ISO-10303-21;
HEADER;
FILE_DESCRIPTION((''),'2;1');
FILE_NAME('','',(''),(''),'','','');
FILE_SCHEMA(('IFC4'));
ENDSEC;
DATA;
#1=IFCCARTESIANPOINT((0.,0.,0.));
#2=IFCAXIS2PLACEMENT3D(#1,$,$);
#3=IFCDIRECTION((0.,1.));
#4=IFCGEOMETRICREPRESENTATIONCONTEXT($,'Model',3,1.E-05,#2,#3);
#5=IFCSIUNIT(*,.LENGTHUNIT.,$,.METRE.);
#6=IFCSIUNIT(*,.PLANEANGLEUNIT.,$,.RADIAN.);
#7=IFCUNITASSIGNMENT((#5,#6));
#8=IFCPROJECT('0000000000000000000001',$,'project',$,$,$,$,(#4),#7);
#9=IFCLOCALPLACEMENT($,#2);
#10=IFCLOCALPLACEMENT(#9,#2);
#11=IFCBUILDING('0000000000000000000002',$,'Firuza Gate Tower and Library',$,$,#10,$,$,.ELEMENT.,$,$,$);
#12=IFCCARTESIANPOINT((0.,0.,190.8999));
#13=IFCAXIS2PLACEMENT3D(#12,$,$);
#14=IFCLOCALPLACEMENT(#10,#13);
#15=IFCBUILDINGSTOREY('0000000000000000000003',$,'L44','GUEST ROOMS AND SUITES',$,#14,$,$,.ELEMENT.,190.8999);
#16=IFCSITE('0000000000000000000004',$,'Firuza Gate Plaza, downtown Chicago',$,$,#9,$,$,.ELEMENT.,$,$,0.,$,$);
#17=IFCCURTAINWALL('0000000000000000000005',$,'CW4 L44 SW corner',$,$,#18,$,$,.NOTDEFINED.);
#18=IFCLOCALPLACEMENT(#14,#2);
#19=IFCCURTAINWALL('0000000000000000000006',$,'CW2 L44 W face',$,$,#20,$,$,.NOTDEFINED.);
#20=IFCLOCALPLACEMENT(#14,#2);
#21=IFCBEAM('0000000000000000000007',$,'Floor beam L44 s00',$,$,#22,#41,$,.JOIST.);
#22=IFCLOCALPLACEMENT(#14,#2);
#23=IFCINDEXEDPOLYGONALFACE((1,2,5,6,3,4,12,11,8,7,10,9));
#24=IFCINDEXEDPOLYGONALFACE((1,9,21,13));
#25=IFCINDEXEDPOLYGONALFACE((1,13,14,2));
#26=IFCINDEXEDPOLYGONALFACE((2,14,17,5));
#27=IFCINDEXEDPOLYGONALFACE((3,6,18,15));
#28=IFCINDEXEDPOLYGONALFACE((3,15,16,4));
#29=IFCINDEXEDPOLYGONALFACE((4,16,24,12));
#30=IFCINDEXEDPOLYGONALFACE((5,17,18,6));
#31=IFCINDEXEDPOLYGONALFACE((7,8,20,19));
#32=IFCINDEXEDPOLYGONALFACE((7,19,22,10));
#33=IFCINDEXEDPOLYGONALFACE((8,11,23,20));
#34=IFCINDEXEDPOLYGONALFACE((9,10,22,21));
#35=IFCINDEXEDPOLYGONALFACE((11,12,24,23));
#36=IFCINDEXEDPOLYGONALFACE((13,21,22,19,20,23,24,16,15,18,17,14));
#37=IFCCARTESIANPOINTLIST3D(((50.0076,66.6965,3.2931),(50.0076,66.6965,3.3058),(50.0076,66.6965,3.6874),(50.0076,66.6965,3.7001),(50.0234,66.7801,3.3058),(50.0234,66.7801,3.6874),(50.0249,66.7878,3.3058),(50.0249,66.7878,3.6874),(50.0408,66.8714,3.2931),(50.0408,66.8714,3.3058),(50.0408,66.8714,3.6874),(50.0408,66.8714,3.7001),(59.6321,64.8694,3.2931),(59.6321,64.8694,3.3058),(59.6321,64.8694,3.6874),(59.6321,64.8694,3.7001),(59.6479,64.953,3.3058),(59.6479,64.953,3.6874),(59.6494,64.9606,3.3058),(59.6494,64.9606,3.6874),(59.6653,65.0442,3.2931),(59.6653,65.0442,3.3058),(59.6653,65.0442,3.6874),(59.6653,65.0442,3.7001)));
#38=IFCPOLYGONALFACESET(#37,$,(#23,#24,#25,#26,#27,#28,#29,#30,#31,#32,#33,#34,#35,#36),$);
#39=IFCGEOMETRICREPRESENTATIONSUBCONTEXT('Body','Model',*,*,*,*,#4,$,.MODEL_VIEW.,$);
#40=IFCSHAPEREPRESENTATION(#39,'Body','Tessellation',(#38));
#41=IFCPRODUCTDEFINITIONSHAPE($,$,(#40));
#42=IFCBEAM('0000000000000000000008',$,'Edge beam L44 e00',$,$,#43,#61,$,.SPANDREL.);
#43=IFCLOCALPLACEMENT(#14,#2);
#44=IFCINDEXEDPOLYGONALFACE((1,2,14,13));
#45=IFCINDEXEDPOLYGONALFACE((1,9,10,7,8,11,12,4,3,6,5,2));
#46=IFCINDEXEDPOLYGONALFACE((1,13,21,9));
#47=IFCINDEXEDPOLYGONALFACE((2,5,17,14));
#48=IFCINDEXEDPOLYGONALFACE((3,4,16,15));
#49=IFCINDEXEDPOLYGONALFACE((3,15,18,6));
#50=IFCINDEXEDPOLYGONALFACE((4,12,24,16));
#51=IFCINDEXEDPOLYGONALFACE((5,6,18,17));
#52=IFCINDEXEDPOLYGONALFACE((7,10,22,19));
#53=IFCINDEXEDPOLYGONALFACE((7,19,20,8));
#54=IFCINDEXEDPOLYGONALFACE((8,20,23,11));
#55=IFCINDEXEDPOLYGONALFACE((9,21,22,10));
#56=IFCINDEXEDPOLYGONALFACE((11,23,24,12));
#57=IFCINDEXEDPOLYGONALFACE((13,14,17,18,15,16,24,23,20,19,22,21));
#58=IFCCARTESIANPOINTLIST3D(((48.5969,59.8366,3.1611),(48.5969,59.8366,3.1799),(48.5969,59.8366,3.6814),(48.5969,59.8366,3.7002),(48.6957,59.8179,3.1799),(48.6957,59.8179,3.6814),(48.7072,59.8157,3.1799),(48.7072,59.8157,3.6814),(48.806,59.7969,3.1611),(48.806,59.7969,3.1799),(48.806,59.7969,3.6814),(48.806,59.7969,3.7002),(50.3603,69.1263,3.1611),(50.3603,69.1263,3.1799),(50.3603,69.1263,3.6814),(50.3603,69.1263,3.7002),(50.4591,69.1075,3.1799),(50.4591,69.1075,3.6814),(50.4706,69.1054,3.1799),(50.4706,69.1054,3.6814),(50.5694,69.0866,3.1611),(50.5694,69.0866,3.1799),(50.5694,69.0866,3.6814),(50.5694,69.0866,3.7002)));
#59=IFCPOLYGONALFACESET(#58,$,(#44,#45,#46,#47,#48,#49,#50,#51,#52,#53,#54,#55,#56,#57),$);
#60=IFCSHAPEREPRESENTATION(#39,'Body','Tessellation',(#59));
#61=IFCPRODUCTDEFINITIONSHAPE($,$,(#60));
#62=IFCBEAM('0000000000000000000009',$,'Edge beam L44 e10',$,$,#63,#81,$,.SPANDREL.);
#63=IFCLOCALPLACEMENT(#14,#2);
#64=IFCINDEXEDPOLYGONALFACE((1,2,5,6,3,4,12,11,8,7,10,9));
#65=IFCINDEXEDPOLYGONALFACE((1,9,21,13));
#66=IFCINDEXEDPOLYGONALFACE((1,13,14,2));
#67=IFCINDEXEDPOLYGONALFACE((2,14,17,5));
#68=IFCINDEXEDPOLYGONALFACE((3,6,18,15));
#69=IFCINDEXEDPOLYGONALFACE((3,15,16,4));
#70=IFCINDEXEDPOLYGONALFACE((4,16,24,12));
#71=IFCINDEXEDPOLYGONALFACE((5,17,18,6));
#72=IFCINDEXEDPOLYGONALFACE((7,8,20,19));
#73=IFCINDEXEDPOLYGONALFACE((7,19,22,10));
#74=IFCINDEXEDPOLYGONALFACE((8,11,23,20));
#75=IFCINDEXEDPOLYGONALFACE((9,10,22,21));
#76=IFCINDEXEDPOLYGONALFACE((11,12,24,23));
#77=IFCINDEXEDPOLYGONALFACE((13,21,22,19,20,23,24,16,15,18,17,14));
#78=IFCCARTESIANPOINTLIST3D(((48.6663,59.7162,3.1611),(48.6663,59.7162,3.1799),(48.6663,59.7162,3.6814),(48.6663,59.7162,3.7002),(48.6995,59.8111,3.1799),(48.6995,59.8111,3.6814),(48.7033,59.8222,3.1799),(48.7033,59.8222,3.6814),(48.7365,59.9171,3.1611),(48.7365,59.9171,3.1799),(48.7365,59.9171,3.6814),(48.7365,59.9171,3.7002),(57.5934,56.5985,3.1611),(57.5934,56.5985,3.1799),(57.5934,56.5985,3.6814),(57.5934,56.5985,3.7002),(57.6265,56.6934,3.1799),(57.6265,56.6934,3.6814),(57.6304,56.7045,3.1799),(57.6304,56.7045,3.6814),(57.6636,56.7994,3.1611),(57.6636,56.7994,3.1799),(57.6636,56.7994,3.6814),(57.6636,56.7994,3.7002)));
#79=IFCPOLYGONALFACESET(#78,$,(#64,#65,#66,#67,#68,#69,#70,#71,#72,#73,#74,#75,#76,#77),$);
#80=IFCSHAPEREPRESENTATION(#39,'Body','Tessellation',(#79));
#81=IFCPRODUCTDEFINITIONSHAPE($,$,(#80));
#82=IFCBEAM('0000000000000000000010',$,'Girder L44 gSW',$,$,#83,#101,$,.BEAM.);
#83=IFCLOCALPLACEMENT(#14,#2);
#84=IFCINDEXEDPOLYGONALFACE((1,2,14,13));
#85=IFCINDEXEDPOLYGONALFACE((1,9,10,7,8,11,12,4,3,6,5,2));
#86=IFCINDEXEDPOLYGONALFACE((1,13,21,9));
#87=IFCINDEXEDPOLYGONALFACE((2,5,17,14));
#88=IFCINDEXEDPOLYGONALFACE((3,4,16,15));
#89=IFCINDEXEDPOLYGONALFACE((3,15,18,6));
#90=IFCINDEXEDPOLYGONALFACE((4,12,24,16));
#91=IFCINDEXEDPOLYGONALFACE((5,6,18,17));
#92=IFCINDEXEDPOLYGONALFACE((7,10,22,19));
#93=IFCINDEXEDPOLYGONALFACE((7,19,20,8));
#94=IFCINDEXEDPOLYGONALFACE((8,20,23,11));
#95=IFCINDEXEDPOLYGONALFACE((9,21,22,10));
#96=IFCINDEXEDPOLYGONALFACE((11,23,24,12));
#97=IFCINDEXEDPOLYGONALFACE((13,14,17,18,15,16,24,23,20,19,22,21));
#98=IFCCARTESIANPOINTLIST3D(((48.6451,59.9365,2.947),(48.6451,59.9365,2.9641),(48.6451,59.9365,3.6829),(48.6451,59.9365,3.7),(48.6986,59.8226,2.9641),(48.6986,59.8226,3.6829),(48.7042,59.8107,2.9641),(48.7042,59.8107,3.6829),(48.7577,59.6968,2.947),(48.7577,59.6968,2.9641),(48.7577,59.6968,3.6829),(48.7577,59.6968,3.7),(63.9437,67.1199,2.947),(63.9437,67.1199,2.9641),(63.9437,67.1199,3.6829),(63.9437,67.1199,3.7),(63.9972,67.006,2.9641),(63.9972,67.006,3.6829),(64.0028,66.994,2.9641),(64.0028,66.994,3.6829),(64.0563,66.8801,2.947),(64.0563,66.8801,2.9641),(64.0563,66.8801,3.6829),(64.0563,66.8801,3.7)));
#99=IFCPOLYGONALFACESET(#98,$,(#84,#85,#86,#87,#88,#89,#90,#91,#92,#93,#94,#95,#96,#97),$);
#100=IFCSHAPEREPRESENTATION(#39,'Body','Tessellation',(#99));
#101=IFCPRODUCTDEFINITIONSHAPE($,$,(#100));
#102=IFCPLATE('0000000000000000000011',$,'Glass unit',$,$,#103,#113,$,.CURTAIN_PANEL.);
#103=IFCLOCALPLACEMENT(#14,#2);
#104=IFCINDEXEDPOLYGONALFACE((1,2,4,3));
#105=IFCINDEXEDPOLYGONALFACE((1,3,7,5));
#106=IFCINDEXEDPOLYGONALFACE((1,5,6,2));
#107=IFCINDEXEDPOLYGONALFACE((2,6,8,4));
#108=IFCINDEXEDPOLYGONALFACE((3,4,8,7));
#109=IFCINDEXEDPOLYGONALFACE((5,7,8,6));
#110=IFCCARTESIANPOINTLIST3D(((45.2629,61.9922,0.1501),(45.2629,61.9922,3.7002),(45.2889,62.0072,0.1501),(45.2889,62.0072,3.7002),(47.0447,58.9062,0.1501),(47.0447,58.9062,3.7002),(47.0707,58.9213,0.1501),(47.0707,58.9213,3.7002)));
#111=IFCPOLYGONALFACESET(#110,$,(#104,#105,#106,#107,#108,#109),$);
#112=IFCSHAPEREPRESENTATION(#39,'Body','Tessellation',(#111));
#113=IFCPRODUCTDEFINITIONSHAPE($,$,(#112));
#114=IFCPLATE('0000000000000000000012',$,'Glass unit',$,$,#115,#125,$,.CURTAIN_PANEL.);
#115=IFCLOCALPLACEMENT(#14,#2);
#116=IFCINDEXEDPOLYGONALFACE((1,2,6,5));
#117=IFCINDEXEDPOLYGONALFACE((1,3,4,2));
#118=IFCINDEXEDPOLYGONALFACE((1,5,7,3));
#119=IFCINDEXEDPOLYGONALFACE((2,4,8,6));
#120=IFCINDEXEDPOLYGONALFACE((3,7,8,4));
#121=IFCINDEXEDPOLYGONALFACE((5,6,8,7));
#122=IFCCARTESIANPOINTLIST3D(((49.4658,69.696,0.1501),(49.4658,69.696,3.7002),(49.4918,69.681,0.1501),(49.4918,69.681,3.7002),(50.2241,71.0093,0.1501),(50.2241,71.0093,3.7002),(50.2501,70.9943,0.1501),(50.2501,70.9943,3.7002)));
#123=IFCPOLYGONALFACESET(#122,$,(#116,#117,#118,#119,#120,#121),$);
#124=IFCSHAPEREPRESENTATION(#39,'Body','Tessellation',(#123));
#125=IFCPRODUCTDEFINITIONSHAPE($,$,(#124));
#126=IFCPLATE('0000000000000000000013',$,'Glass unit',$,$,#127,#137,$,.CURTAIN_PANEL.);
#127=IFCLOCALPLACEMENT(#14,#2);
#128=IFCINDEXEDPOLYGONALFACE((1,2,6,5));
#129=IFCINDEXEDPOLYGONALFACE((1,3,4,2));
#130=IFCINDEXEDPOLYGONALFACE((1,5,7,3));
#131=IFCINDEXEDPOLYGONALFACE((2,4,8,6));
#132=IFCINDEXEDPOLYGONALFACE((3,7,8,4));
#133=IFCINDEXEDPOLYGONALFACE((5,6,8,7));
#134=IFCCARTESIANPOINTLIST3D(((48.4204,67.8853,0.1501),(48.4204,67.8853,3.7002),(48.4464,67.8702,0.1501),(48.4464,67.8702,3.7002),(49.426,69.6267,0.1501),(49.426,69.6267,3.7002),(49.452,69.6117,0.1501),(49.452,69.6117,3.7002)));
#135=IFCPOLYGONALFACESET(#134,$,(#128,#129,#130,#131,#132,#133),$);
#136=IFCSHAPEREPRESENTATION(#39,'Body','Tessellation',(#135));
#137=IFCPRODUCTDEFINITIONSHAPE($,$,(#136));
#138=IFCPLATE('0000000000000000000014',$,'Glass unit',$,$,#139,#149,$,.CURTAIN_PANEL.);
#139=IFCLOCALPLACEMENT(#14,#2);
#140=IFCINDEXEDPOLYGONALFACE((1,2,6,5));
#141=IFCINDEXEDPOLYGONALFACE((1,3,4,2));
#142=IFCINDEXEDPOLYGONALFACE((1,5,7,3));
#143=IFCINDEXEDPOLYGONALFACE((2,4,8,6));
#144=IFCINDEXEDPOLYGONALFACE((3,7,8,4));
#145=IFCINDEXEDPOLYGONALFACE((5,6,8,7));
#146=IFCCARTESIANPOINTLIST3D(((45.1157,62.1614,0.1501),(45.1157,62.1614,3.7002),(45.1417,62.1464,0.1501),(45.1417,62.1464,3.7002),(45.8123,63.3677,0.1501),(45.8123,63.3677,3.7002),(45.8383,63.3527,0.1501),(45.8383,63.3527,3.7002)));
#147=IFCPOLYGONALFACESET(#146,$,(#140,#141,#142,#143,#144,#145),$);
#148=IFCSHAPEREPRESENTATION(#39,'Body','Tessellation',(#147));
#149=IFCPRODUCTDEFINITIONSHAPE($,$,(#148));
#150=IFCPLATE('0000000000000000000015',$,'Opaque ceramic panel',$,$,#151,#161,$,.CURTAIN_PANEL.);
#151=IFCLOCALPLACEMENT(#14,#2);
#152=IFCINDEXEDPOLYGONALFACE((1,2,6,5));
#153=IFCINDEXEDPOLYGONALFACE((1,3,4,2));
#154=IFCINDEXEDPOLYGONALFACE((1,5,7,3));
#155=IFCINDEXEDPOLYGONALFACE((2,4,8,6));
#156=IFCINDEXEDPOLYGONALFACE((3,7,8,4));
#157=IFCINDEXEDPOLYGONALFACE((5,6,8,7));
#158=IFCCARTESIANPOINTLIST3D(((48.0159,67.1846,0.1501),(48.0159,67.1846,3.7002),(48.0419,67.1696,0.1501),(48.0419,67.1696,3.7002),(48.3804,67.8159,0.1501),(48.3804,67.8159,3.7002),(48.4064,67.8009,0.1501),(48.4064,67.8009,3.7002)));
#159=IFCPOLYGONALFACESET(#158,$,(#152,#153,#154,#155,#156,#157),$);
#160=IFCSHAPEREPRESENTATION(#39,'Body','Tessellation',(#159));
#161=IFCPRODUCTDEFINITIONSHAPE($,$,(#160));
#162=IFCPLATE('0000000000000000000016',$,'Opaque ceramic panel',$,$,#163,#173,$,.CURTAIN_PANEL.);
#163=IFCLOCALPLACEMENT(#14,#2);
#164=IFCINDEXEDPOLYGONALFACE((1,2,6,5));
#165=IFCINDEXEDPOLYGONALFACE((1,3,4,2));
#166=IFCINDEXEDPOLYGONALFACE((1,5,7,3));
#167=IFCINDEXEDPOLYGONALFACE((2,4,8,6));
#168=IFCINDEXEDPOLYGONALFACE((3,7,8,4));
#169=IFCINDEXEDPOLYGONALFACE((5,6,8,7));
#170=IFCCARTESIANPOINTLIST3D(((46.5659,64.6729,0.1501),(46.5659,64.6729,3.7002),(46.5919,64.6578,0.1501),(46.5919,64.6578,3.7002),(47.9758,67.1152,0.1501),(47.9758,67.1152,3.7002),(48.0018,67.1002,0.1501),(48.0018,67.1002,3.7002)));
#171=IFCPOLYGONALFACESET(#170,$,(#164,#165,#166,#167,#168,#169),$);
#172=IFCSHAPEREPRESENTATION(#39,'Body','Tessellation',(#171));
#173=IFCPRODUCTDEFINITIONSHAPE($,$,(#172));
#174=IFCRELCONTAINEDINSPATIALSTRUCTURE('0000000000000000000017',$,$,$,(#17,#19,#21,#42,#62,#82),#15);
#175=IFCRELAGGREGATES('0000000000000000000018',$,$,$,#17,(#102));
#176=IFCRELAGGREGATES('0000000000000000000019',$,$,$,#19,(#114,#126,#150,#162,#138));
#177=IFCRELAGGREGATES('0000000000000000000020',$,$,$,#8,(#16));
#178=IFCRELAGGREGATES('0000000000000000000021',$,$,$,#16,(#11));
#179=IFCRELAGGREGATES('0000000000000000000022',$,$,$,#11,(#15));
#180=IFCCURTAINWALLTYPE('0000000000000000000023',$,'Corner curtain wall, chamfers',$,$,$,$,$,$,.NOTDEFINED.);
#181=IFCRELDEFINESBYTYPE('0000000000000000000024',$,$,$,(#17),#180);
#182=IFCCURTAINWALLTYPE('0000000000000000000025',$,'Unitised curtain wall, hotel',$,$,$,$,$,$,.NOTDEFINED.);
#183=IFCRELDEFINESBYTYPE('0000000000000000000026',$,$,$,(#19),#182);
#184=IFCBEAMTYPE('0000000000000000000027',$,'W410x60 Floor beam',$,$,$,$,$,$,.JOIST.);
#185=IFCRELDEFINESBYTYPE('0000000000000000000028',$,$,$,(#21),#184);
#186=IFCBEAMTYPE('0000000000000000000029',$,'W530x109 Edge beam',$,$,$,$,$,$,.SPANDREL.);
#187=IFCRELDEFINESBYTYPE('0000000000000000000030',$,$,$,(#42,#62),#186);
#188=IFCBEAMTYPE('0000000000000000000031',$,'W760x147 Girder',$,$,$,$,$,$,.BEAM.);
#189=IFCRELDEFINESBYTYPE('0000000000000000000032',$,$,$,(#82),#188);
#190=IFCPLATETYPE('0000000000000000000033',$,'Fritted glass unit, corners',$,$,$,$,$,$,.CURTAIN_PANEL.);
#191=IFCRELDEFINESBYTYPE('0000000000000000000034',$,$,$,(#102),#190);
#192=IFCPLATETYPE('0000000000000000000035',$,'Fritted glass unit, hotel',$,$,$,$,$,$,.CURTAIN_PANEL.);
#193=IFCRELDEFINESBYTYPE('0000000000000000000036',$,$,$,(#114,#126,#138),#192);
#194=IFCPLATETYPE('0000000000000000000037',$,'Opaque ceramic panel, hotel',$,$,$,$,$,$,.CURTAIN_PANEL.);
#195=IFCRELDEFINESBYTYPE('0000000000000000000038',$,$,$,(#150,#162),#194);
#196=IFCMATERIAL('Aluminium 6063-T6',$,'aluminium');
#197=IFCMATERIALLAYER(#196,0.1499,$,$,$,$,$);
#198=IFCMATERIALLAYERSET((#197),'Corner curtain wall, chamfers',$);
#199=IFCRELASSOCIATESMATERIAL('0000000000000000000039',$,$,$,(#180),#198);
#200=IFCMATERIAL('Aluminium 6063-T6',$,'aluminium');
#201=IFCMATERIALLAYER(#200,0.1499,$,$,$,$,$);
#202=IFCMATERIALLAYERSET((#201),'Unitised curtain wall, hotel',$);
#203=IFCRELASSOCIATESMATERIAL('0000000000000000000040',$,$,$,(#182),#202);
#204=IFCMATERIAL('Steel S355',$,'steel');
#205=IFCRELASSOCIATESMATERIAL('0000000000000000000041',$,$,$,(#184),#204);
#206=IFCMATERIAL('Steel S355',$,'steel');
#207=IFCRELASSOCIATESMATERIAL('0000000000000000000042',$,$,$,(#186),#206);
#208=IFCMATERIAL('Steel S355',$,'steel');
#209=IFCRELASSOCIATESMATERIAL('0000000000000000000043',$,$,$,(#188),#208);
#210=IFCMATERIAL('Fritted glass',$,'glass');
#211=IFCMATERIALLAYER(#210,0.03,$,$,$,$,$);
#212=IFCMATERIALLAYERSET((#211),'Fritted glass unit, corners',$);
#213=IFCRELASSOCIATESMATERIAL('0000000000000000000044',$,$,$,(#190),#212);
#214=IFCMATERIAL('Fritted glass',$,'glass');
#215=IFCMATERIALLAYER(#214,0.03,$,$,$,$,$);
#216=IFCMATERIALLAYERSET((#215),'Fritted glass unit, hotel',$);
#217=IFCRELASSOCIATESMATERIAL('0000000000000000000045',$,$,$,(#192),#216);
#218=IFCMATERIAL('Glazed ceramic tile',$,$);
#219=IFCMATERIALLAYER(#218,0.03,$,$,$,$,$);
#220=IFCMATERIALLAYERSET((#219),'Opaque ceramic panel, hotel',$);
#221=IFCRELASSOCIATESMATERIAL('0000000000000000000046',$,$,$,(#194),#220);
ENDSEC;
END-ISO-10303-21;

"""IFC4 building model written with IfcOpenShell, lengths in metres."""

from ifc_helpers import new_model, si_unit, direction, frame, origin, origin_2d, place, context, subcontext, project, spatial, polyline, i_section, outline, extrude, material, layer, layer_set, material_profile, profile_set, type_object, element, aggregate, save


model = new_model("IFC4")

# Units and contexts
model_context = context("Model", 3, precision=1e-05, world=origin(), true_north=direction((0.0, 1.0)))
body_context = subcontext(model_context, "Body", "Model", "MODEL_VIEW")
ifc_project = project(units=[si_unit("LENGTHUNIT", "METRE"), si_unit("PLANEANGLEUNIT", "RADIAN")], contexts=[model_context])

# Site, building, storey
site_placement = place(None, origin())
site = spatial("IfcSite", under=ifc_project, at=site_placement, Name="Firuza Gate Plaza, downtown Chicago", CompositionType="ELEMENT", RefElevation=0.0)
building_placement = place(site_placement, origin())
building = spatial("IfcBuilding", under=site, at=building_placement, Name="Firuza Gate Tower and Library", CompositionType="ELEMENT")
storey_placement = place(building_placement, frame((0.0, 0.0, 190.8999)))
storey = spatial("IfcBuildingStorey", under=building, at=storey_placement, Name="L44", Description="GUEST ROOMS AND SUITES", CompositionType="ELEMENT", Elevation=190.8999)

# Curtain wall
ifc_material_1 = material(Name="Aluminium 6063-T6", Category="aluminium")
ifc_layer_1 = layer(ifc_material_1, 0.1499)
ifc_layer_set_1 = layer_set([ifc_layer_1], Name="Corner curtain wall, chamfers")
curtain_wall_type_1 = type_object("IfcCurtainWallType", Name="Corner curtain wall, chamfers", PredefinedType="NOTDEFINED", material=ifc_layer_set_1)
placement = place(storey_placement, origin())
curtain_wall_1 = element("IfcCurtainWall", 1, at=placement, inside=storey, type_object=curtain_wall_type_1, Name="CW4 L44 SW corner", PredefinedType="NOTDEFINED")

# Curtain wall
ifc_material_2 = material(Name="Aluminium 6063-T6", Category="aluminium")
ifc_layer_2 = layer(ifc_material_2, 0.1499)
ifc_layer_set_2 = layer_set([ifc_layer_2], Name="Unitised curtain wall, hotel")
curtain_wall_type_2 = type_object("IfcCurtainWallType", Name="Unitised curtain wall, hotel", PredefinedType="NOTDEFINED", material=ifc_layer_set_2)
curtain_wall_2 = element("IfcCurtainWall", 2, at=placement, inside=storey, type_object=curtain_wall_type_2, Name="CW2 L44 W face", PredefinedType="NOTDEFINED")

# Beams
ifc_material_3 = material(Name="Steel S355", Category="steel")
ifc_material_profile_1 = material_profile(ifc_material_3, i_section(OverallWidth=0.178, OverallDepth=0.407, WebThickness=0.0078, FlangeThickness=0.0127, at=origin_2d()))
ifc_profile_set_1 = profile_set([ifc_material_profile_1], Name="Steel S355")
beam_type_1 = type_object("IfcBeamType", Name="W410x60 Floor beam", PredefinedType="JOIST", material=ifc_profile_set_1)
beam_1_placement = place(storey_placement, frame((50.0242, 66.7839, 3.4966), z_axis=(0.982453, -0.186512, 0.0), x_axis=(0.186512, 0.982453, 0.0)))
element("IfcBeam", 3, at=beam_1_placement, inside=storey, type_object=beam_type_1, Name="Floor beam L44 s00", PredefinedType="JOIST", context=body_context, shape_type="SweptSolid", body=[
    extrude(i_section(OverallWidth=0.178, OverallDepth=0.407, WebThickness=0.0078, FlangeThickness=0.0127, at=origin_2d()), origin(), (0.0, 0.0, 1.0), 9.7964),
])
ifc_material_4 = material(Name="Steel S355", Category="steel")
ifc_material_profile_2 = material_profile(ifc_material_4, i_section(OverallWidth=0.2129, OverallDepth=0.5391, WebThickness=0.0117, FlangeThickness=0.0188, at=origin_2d()))
ifc_profile_set_2 = profile_set([ifc_material_profile_2], Name="Steel S355")
beam_type_2 = type_object("IfcBeamType", Name="W530x109 Edge beam", PredefinedType="SPANDREL", material=ifc_profile_set_2)
beam_2_placement = place(storey_placement, frame((50.4648, 69.1064, 3.4307), z_axis=(-0.186494, -0.982456, 0.0), x_axis=(0.982456, -0.186494, 0.0)))
element("IfcBeam", 4, at=beam_2_placement, inside=storey, type_object=beam_type_2, Name="Edge beam L44 e00", PredefinedType="SPANDREL", context=body_context, shape_type="SweptSolid", body=[
    extrude(i_section(OverallWidth=0.2129, OverallDepth=0.5391, WebThickness=0.0117, FlangeThickness=0.0188, at=origin_2d()), origin(), (0.0, 0.0, 1.0), 9.4556),
])
beam_3_placement = place(storey_placement, frame((48.7014, 59.8167, 3.4307), z_axis=(0.944082, -0.329712, 0.0), x_axis=(0.329712, 0.944082, 0.0)))
element("IfcBeam", 5, at=beam_3_placement, inside=storey, type_object=beam_type_2, Name="Edge beam L44 e10", PredefinedType="SPANDREL", context=body_context, shape_type="SweptSolid", body=[
    extrude(i_section(OverallWidth=0.2129, OverallDepth=0.5391, WebThickness=0.0117, FlangeThickness=0.0188, at=origin_2d()), origin(), (0.0, 0.0, 1.0), 9.4558),
])
ifc_material_5 = material(Name="Steel S355", Category="steel")
ifc_material_profile_3 = material_profile(ifc_material_5, i_section(OverallWidth=0.2649, OverallDepth=0.7529, WebThickness=0.0132, FlangeThickness=0.0171, at=origin_2d()))
ifc_profile_set_3 = profile_set([ifc_material_profile_3], Name="Steel S355")
beam_type_3 = type_object("IfcBeamType", Name="W760x147 Girder", PredefinedType="BEAM", material=ifc_profile_set_3)
beam_4_placement = place(storey_placement, frame((48.7014, 59.8167, 3.3235), z_axis=(0.905183, 0.425023, 0.0), x_axis=(-0.425023, 0.905183, 0.0)))
element("IfcBeam", 6, at=beam_4_placement, inside=storey, type_object=beam_type_3, Name="Girder L44 gSW", PredefinedType="BEAM", context=body_context, shape_type="SweptSolid", body=[
    extrude(i_section(OverallWidth=0.2649, OverallDepth=0.7529, WebThickness=0.0132, FlangeThickness=0.0171, at=origin_2d()), origin(), (0.0, 0.0, 1.0), 16.9011),
])

# Plates
ifc_material_6 = material(Name="Fritted glass", Category="glass")
ifc_layer_3 = layer(ifc_material_6, 0.03)
ifc_layer_set_3 = layer_set([ifc_layer_3], Name="Fritted glass unit, corners")
plate_type_1 = type_object("IfcPlateType", Name="Fritted glass unit, corners", PredefinedType="CURTAIN_PANEL", material=ifc_layer_set_3)
plate_1_placement = place(storey_placement, frame((45.2629, 61.9922, 0.1501), z_axis=(-0.866017, -0.500015, 0.0), x_axis=(0.500015, -0.866017, 0.0)))
plate_1 = element("IfcPlate", 7, at=plate_1_placement, type_object=plate_type_1, Name="Glass unit", PredefinedType="CURTAIN_PANEL", context=body_context, shape_type="SweptSolid", body=[
    extrude(outline(polyline([(0.0, 0.0), (3.5634, 0.0), (3.5634, 3.55), (0.0, 3.55), (0.0, 0.0)])), origin(), (0.0, 0.0, -1.0), 0.03),
])
aggregate(curtain_wall_1, [plate_1])
ifc_material_7 = material(Name="Fritted glass", Category="glass")
ifc_layer_4 = layer(ifc_material_7, 0.03)
ifc_layer_set_4 = layer_set([ifc_layer_4], Name="Fritted glass unit, hotel")
plate_type_2 = type_object("IfcPlateType", Name="Fritted glass unit, hotel", PredefinedType="CURTAIN_PANEL", material=ifc_layer_set_4)
plate_2_placement = place(storey_placement, frame((50.2241, 71.0093, 0.1501), z_axis=(-0.865995, 0.500052, 0.0), x_axis=(-0.500052, -0.865995, 0.0)))
plate_2 = element("IfcPlate", 8, at=plate_2_placement, type_object=plate_type_2, Name="Glass unit", PredefinedType="CURTAIN_PANEL", context=body_context, shape_type="SweptSolid", body=[
    extrude(outline(polyline([(0.0, 0.0), (1.5164, 0.0), (1.5164, 3.55), (0.0, 3.55), (0.0, 0.0)])), origin(), (0.0, 0.0, -1.0), 0.03),
])
plate_3_placement = place(storey_placement, frame((49.426, 69.6267, 0.1501), z_axis=(-0.865985, 0.500069, 0.0), x_axis=(-0.500069, -0.865985, 0.0)))
plate_3 = element("IfcPlate", 9, at=plate_3_placement, type_object=plate_type_2, Name="Glass unit", PredefinedType="CURTAIN_PANEL", context=body_context, shape_type="SweptSolid", body=[
    extrude(outline(polyline([(0.0, 0.0), (2.011, 0.0), (2.011, 3.55), (0.0, 3.55), (0.0, 0.0)])), origin(), (0.0, 0.0, -1.0), 0.03),
])
plate_4_placement = place(storey_placement, frame((45.8123, 63.3677, 0.1501), z_axis=(-0.866002, 0.500041, 0.0), x_axis=(-0.500041, -0.866002, 0.0)))
plate_4 = element("IfcPlate", 10, at=plate_4_placement, type_object=plate_type_2, Name="Glass unit", PredefinedType="CURTAIN_PANEL", context=body_context, shape_type="SweptSolid", body=[
    extrude(outline(polyline([(0.0, 0.0), (1.393, 0.0), (1.393, 3.55), (0.0, 3.55), (0.0, 0.0)])), origin(), (0.0, 0.0, -1.0), 0.03),
])
ifc_material_8 = material(Name="Glazed ceramic tile")
ifc_layer_5 = layer(ifc_material_8, 0.03)
ifc_layer_set_5 = layer_set([ifc_layer_5], Name="Opaque ceramic panel, hotel")
plate_type_3 = type_object("IfcPlateType", Name="Opaque ceramic panel, hotel", PredefinedType="CURTAIN_PANEL", material=ifc_layer_set_5)
plate_5_placement = place(storey_placement, frame((48.3804, 67.8159, 0.1501), z_axis=(-0.866029, 0.499993, 0.0), x_axis=(-0.499993, -0.866029, 0.0)))
plate_5 = element("IfcPlate", 11, at=plate_5_placement, type_object=plate_type_3, Name="Opaque ceramic panel", PredefinedType="CURTAIN_PANEL", context=body_context, shape_type="SweptSolid", body=[
    extrude(outline(polyline([(0.0, 0.0), (0.729, 0.0), (0.729, 3.55), (0.0, 3.55), (0.0, 0.0)])), origin(), (0.0, 0.0, -1.0), 0.03),
])
plate_6_placement = place(storey_placement, frame((47.9758, 67.1152, 0.1501), z_axis=(-0.866056, 0.499947, 0.0), x_axis=(-0.499947, -0.866056, 0.0)))
plate_6 = element("IfcPlate", 12, at=plate_6_placement, type_object=plate_type_3, Name="Opaque ceramic panel", PredefinedType="CURTAIN_PANEL", context=body_context, shape_type="SweptSolid", body=[
    extrude(outline(polyline([(0.0, 0.0), (2.8201, 0.0), (2.8201, 3.55), (0.0, 3.55), (0.0, 0.0)])), origin(), (0.0, 0.0, -1.0), 0.03),
])
aggregate(curtain_wall_2, [plate_2, plate_3, plate_5, plate_6, plate_4])

save(model, "model.ifc")
